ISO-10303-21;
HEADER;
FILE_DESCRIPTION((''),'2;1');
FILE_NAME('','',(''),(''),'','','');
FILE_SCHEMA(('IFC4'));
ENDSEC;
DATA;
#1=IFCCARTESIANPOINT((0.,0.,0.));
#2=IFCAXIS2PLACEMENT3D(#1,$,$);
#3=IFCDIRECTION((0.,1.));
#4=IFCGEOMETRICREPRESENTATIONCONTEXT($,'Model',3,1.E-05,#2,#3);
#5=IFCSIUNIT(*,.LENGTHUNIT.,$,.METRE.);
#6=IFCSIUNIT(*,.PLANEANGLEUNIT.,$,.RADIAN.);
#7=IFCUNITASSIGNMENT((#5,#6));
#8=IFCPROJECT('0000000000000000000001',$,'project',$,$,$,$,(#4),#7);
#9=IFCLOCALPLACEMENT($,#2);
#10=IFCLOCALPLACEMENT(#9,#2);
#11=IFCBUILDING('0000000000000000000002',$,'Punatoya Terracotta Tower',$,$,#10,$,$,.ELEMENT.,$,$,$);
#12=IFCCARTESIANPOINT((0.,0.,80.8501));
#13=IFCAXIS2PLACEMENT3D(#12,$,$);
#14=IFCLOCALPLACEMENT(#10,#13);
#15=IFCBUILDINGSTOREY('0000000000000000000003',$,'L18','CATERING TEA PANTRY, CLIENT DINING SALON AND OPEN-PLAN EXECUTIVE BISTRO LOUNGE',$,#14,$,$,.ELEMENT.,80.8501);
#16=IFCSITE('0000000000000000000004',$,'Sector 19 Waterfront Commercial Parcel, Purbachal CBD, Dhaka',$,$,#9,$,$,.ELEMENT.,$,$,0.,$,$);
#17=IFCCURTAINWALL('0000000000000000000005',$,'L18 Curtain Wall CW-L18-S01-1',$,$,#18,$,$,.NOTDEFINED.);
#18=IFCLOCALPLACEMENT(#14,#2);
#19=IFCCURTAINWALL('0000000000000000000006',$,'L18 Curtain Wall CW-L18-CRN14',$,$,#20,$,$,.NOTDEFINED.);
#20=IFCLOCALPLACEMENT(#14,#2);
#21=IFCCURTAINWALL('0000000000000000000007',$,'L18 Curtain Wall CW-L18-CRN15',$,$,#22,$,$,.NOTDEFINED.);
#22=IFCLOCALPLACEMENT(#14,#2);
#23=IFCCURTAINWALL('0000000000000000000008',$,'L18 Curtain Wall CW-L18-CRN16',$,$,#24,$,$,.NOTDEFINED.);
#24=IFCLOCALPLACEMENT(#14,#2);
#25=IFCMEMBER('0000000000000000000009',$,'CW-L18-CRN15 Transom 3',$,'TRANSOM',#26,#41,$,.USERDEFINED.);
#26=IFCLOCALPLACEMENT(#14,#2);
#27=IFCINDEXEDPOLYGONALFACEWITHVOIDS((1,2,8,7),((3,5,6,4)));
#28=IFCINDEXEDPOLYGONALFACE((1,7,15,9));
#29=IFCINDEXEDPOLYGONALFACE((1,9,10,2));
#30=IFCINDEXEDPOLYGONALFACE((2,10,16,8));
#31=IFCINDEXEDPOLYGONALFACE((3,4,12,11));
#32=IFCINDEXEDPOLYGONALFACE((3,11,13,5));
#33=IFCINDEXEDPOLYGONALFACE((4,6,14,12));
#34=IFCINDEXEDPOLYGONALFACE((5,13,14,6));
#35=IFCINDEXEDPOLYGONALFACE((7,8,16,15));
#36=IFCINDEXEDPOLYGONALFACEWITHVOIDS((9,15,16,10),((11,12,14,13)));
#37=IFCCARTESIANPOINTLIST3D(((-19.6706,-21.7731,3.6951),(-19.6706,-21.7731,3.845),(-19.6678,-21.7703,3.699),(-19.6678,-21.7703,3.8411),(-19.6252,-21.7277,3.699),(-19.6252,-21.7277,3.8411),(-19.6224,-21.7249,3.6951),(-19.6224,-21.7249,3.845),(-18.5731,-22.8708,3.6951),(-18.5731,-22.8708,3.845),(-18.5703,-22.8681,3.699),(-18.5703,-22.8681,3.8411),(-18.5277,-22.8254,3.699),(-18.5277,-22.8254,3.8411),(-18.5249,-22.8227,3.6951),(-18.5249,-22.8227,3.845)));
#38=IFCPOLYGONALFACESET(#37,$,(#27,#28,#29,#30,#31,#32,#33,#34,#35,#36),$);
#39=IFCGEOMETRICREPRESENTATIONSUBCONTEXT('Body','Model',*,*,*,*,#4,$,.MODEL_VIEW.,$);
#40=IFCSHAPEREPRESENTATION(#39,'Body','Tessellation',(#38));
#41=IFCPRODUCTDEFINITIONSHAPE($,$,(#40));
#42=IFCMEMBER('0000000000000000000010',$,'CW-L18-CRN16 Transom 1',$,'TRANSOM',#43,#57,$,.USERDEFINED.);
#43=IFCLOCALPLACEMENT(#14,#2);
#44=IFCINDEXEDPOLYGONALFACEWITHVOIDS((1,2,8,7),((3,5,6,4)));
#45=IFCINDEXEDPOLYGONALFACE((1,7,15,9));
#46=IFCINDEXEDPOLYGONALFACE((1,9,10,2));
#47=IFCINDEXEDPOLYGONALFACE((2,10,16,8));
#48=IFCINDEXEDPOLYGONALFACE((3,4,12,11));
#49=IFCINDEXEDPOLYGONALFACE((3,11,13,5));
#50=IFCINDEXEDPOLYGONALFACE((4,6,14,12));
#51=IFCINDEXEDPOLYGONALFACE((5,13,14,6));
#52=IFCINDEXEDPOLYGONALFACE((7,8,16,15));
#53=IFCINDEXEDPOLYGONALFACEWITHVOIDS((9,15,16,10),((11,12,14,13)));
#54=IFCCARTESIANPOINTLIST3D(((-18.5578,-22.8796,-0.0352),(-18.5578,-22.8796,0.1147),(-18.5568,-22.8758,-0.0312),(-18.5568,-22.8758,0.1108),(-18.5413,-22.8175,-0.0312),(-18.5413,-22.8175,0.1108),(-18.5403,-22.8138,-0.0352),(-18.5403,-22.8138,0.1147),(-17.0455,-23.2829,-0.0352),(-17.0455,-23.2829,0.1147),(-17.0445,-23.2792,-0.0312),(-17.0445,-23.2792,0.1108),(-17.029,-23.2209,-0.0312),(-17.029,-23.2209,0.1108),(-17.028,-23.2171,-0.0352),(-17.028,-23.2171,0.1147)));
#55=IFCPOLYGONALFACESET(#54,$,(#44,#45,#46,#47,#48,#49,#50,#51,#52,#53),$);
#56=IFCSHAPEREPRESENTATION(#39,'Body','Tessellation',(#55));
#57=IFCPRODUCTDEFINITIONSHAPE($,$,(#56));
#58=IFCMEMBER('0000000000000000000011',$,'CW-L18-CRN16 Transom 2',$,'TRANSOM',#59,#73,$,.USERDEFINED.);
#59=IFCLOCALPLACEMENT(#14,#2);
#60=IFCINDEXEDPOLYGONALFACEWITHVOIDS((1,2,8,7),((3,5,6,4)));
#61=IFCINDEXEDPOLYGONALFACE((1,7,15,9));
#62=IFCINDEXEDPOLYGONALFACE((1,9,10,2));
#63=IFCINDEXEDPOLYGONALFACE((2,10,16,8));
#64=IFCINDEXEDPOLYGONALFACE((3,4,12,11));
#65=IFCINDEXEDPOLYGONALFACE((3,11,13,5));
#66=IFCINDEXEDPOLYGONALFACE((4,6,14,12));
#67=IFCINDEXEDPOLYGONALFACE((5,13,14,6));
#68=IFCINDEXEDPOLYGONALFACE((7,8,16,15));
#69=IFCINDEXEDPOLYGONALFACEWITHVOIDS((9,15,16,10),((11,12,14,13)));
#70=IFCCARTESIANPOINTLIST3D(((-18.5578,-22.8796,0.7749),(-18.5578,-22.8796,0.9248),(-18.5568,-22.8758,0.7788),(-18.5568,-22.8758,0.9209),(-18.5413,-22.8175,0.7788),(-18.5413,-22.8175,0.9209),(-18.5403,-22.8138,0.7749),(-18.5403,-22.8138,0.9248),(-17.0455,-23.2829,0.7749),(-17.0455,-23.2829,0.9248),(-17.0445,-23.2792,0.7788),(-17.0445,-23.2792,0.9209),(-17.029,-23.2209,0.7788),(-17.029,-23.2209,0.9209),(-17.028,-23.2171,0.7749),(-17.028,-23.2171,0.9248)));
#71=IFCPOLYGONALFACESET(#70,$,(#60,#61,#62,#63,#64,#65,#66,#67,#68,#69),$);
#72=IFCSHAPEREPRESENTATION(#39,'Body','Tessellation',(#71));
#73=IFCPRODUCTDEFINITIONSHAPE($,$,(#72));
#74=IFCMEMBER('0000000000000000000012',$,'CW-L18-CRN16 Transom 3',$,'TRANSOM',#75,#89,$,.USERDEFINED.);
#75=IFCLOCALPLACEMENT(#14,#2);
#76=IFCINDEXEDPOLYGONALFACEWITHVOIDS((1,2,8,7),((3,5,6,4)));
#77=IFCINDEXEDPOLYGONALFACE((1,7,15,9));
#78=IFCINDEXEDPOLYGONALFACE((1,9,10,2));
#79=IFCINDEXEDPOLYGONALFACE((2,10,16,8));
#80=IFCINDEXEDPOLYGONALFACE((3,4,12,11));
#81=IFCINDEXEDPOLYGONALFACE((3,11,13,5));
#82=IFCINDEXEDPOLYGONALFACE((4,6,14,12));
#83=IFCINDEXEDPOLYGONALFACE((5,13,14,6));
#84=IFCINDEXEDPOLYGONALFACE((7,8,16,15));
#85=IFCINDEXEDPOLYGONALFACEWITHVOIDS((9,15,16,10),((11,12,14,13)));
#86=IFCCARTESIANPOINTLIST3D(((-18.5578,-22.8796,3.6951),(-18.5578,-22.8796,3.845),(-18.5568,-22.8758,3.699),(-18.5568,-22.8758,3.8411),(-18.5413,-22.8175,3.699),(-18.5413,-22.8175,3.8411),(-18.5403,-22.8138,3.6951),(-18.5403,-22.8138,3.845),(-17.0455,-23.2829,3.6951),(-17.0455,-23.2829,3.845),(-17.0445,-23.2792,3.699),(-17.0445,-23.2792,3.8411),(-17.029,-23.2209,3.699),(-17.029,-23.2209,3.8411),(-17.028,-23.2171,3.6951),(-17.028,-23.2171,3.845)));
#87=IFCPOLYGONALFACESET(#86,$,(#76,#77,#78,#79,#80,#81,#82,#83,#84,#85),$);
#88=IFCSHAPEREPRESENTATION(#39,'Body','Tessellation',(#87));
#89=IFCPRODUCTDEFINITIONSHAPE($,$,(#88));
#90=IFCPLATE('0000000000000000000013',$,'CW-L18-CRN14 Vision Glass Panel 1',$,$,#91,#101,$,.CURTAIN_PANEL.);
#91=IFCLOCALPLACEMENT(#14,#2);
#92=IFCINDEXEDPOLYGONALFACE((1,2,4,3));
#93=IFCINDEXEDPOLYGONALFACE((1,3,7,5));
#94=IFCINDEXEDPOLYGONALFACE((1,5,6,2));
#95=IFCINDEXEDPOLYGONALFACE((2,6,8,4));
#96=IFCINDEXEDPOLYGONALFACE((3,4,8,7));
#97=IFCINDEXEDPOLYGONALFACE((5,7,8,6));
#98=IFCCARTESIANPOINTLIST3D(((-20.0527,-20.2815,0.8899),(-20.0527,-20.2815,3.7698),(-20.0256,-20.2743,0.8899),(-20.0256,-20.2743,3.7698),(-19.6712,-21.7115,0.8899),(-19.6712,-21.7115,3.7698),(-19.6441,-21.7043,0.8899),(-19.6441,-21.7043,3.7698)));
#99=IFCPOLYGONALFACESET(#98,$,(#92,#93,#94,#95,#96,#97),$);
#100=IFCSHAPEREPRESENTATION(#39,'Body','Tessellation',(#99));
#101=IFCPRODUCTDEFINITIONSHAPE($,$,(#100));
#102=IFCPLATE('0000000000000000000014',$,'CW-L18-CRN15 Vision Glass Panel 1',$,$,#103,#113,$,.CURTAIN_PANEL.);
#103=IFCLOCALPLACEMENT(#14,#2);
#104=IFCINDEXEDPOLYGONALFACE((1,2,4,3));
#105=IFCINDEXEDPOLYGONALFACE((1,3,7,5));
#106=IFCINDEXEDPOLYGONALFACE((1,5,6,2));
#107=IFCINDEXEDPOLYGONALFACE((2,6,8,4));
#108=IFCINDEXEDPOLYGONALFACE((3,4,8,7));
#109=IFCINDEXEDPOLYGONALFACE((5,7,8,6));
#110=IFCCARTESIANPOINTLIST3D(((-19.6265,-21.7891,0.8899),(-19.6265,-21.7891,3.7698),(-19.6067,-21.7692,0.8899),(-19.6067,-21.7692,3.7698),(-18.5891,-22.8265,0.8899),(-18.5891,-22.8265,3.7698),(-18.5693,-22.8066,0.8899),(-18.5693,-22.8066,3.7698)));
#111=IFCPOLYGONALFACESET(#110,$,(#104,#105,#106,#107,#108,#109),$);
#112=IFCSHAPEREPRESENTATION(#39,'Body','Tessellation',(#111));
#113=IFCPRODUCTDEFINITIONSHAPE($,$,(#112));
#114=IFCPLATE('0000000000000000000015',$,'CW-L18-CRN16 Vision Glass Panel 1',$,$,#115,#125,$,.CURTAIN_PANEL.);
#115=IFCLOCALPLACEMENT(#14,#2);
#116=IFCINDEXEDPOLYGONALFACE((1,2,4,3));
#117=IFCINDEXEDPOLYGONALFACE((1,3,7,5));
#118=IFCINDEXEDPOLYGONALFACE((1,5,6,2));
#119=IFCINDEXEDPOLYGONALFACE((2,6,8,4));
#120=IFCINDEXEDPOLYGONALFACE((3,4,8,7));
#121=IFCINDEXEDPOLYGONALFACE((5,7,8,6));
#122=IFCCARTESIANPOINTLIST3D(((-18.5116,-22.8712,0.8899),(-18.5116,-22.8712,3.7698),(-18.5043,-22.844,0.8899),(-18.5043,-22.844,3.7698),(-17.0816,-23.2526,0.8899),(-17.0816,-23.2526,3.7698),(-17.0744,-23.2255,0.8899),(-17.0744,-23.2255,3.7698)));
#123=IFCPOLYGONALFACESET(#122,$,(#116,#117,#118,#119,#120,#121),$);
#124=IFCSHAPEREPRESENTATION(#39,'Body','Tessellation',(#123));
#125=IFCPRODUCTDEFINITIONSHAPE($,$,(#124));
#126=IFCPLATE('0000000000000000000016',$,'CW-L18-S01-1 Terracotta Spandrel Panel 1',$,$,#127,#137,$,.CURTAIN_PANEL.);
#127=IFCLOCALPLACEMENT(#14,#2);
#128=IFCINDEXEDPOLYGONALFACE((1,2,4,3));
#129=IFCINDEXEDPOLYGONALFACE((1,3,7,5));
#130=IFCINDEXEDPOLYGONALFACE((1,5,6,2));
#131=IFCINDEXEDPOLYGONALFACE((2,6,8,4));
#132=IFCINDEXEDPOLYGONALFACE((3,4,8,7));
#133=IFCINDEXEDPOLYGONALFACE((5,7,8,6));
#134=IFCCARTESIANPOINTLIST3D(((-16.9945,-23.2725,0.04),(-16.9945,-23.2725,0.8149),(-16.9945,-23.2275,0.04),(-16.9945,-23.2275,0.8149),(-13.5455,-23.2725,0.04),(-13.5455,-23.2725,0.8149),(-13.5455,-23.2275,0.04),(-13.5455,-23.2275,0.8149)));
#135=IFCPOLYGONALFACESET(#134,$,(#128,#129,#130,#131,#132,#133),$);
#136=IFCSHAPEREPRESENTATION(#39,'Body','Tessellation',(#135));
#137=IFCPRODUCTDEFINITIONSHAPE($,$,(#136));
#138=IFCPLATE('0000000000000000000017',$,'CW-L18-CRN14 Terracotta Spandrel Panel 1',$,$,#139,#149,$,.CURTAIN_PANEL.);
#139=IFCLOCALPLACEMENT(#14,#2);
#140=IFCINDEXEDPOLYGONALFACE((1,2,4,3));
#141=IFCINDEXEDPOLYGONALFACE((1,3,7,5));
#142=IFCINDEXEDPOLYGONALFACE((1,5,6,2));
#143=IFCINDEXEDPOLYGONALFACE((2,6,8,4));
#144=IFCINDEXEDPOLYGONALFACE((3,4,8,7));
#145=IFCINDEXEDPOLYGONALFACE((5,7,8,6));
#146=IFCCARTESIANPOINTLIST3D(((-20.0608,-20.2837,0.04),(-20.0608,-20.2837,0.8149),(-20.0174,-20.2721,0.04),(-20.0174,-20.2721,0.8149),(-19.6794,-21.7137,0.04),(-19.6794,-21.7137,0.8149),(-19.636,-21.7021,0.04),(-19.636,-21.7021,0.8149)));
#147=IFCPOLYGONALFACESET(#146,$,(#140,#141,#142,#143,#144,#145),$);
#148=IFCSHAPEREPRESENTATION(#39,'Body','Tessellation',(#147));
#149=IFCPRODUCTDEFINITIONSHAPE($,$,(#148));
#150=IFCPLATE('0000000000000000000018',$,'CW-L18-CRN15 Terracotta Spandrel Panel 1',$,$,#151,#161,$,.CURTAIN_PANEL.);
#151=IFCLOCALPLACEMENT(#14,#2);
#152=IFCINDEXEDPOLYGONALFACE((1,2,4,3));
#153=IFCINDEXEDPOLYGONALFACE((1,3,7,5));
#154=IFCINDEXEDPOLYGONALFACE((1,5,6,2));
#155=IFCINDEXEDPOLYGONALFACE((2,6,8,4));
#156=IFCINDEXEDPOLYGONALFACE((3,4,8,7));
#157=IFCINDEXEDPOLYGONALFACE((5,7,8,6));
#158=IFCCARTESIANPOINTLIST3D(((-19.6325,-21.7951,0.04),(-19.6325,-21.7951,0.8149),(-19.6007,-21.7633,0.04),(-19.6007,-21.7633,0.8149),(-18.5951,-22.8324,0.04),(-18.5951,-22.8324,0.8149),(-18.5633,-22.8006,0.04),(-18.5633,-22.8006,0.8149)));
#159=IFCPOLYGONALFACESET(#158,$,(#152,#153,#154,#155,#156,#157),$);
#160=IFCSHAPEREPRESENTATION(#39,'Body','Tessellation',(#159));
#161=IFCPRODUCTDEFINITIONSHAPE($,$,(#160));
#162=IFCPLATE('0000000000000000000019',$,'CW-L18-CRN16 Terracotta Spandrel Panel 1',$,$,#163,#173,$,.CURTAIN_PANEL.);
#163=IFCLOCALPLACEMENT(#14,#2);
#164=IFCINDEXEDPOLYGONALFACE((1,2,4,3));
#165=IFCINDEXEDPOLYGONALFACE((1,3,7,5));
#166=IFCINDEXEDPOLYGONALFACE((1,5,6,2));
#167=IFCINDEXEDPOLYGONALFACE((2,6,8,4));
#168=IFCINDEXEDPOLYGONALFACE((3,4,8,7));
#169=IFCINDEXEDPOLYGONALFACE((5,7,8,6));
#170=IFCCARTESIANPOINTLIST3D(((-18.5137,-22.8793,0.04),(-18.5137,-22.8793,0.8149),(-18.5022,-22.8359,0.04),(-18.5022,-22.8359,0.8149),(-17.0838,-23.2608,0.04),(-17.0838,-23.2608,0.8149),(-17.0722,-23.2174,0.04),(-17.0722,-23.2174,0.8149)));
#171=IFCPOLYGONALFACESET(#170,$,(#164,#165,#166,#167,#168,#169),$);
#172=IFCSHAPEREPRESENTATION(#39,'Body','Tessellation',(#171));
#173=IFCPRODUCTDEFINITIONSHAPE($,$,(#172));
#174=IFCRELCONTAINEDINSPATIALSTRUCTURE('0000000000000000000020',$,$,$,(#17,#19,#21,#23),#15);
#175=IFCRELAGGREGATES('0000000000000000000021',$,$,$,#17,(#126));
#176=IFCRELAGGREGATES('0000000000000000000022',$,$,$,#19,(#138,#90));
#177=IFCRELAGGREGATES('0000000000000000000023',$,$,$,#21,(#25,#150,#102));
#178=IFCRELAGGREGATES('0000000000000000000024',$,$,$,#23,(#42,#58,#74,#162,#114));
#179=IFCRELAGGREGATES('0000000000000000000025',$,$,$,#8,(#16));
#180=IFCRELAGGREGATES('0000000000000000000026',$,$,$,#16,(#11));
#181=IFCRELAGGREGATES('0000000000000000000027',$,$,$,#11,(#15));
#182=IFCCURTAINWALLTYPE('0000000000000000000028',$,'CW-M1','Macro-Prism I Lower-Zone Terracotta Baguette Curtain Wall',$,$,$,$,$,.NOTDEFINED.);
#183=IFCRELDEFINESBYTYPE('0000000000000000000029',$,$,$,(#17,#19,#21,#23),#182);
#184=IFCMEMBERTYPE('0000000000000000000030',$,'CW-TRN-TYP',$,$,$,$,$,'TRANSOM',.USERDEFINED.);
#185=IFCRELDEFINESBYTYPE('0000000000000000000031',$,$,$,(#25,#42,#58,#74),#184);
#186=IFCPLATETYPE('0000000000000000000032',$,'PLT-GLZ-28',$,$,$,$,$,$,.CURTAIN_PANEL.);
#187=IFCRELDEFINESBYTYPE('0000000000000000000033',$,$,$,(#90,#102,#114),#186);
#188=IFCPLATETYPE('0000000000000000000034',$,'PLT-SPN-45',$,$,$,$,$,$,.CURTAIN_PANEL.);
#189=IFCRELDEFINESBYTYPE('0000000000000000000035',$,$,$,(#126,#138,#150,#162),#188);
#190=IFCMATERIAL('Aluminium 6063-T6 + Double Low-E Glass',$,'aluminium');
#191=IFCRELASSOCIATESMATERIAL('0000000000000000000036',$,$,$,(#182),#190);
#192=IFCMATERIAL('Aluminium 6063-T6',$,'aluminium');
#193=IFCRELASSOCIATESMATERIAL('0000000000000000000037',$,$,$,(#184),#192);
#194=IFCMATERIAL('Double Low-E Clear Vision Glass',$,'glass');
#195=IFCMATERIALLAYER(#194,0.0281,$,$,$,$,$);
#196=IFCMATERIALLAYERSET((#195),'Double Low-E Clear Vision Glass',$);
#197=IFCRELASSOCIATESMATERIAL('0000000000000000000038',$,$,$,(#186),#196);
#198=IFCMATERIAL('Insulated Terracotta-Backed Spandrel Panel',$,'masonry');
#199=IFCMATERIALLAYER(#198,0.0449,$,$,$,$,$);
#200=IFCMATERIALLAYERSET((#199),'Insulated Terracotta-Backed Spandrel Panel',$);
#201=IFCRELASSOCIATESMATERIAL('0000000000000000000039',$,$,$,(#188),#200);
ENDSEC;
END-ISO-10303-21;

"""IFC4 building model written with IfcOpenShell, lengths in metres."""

from ifc_helpers import new_model, si_unit, direction, frame, origin, origin_2d, place, context, subcontext, project, spatial, rectangle, hollow_rectangle, extrude, material, layer, layer_set, material_profile, profile_set, type_object, element, aggregate, save


model = new_model("IFC4")

# Units and contexts
model_context = context("Model", 3, precision=1e-05, world=origin(), true_north=direction((0.0, 1.0)))
body_context = subcontext(model_context, "Body", "Model", "MODEL_VIEW")
ifc_project = project(units=[si_unit("LENGTHUNIT", "METRE"), si_unit("PLANEANGLEUNIT", "RADIAN")], contexts=[model_context])

# Site, building, storey
site_placement = place(None, origin())
site = spatial("IfcSite", under=ifc_project, at=site_placement, Name="Sector 19 Waterfront Commercial Parcel, Purbachal CBD, Dhaka", CompositionType="ELEMENT", RefElevation=0.0)
building_placement = place(site_placement, origin())
building = spatial("IfcBuilding", under=site, at=building_placement, Name="Punatoya Terracotta Tower", CompositionType="ELEMENT")
storey_placement = place(building_placement, frame((0.0, 0.0, 80.8501)))
storey = spatial("IfcBuildingStorey", under=building, at=storey_placement, Name="L18", Description="CATERING TEA PANTRY, CLIENT DINING SALON AND OPEN-PLAN EXECUTIVE BISTRO LOUNGE", CompositionType="ELEMENT", Elevation=80.8501)

# Curtain wall
ifc_material_1 = material(Name="Aluminium 6063-T6 + Double Low-E Glass", Category="aluminium")
curtain_wall_type = type_object("IfcCurtainWallType", Name="CW-M1", Description="Macro-Prism I Lower-Zone Terracotta Baguette Curtain Wall", PredefinedType="NOTDEFINED", material=ifc_material_1)
curtain_wall_1_placement = place(storey_placement, origin())
curtain_wall_1 = element("IfcCurtainWall", 1, at=curtain_wall_1_placement, inside=storey, type_object=curtain_wall_type, Name="L18 Curtain Wall CW-L18-S01-1", PredefinedType="NOTDEFINED")
ifc_material_2 = material(Name="Aluminium 6063-T6", Category="aluminium")

# Curtain walls
curtain_wall_2_placement = place(storey_placement, origin())
curtain_wall_2 = element("IfcCurtainWall", 2, at=curtain_wall_2_placement, inside=storey, type_object=curtain_wall_type, Name="L18 Curtain Wall CW-L18-CRN14", PredefinedType="NOTDEFINED")
curtain_wall_3_placement = place(storey_placement, origin())
curtain_wall_3 = element("IfcCurtainWall", 3, at=curtain_wall_3_placement, inside=storey, type_object=curtain_wall_type, Name="L18 Curtain Wall CW-L18-CRN15", PredefinedType="NOTDEFINED")
curtain_wall_4_placement = place(storey_placement, origin())
curtain_wall_4 = element("IfcCurtainWall", 4, at=curtain_wall_4_placement, inside=storey, type_object=curtain_wall_type, Name="L18 Curtain Wall CW-L18-CRN16", PredefinedType="NOTDEFINED")

# Members
ifc_material_profile_1 = material_profile(ifc_material_2, hollow_rectangle(XDim=0.0681, YDim=0.1499, WallThickness=0.0039, at=origin_2d()))
ifc_profile_set_1 = profile_set([ifc_material_profile_1], Name="Aluminium 6063-T6")
member_type_1 = type_object("IfcMemberType", Name="CW-TRN-TYP", ElementType="TRANSOM", PredefinedType="USERDEFINED", material=ifc_profile_set_1)
member_1_placement = place(storey_placement, frame((-19.6465, -21.749, 3.77), z_axis=(0.707028, -0.707185, 0.0), x_axis=(0.707185, 0.707028, 0.0)))
member_1 = element("IfcMember", 5, at=member_1_placement, type_object=member_type_1, Name="CW-L18-CRN15 Transom 3", ObjectType="TRANSOM", PredefinedType="USERDEFINED", context=body_context, shape_type="SweptSolid", body=[
    extrude(hollow_rectangle(XDim=0.0681, YDim=0.1499, WallThickness=0.0039, at=origin_2d()), origin(), (0.0, 0.0, 1.0), 1.5522),
])
member_2_placement = place(storey_placement, frame((-18.5491, -22.8467, 0.0398), z_axis=(0.966225, -0.257701, 0.0), x_axis=(0.257701, 0.966225, 0.0)))
member_2 = element("IfcMember", 6, at=member_2_placement, type_object=member_type_1, Name="CW-L18-CRN16 Transom 1", ObjectType="TRANSOM", PredefinedType="USERDEFINED", context=body_context, shape_type="SweptSolid", body=[
    extrude(hollow_rectangle(XDim=0.0681, YDim=0.1499, WallThickness=0.0039, at=origin_2d()), origin(), (0.0, 0.0, 1.0), 1.5652),
])
member_3_placement = place(storey_placement, frame((-18.5491, -22.8467, 0.8499), z_axis=(0.966225, -0.257701, 0.0), x_axis=(0.257701, 0.966225, 0.0)))
member_3 = element("IfcMember", 7, at=member_3_placement, type_object=member_type_1, Name="CW-L18-CRN16 Transom 2", ObjectType="TRANSOM", PredefinedType="USERDEFINED", context=body_context, shape_type="SweptSolid", body=[
    extrude(hollow_rectangle(XDim=0.0681, YDim=0.1499, WallThickness=0.0039, at=origin_2d()), origin(), (0.0, 0.0, 1.0), 1.5652),
])
member_4_placement = place(storey_placement, frame((-18.5491, -22.8467, 3.77), z_axis=(0.966225, -0.257701, 0.0), x_axis=(0.257701, 0.966225, 0.0)))
member_4 = element("IfcMember", 8, at=member_4_placement, type_object=member_type_1, Name="CW-L18-CRN16 Transom 3", ObjectType="TRANSOM", PredefinedType="USERDEFINED", context=body_context, shape_type="SweptSolid", body=[
    extrude(hollow_rectangle(XDim=0.0681, YDim=0.1499, WallThickness=0.0039, at=origin_2d()), origin(), (0.0, 0.0, 1.0), 1.5652),
])

# Plates
ifc_material_3 = material(Name="Double Low-E Clear Vision Glass", Category="glass")
ifc_layer_1 = layer(ifc_material_3, 0.0281)
ifc_layer_set_1 = layer_set([ifc_layer_1], Name="Double Low-E Clear Vision Glass")
plate_type_1 = type_object("IfcPlateType", Name="PLT-GLZ-28", PredefinedType="CURTAIN_PANEL", material=ifc_layer_set_1)
plate_1_placement = place(storey_placement, frame((-19.8484, -20.9929, 0.8899), z_axis=(0.0, 0.0, 1.0), x_axis=(0.257742, -0.966214, 0.0)))
plate_1 = element("IfcPlate", 9, at=plate_1_placement, type_object=plate_type_1, Name="CW-L18-CRN14 Vision Glass Panel 1", PredefinedType="CURTAIN_PANEL", context=body_context, shape_type="SweptSolid", body=[
    extrude(rectangle(XDim=1.48, YDim=0.0281, at=origin_2d()), origin(), (0.0, 0.0, 1.0), 2.8799),
])
plate_2_placement = place(storey_placement, frame((-19.0979, -22.2979, 0.8899), z_axis=(0.0, 0.0, 1.0), x_axis=(0.707107, -0.707107, 0.0)))
plate_2 = element("IfcPlate", 10, at=plate_2_placement, type_object=plate_type_1, Name="CW-L18-CRN15 Vision Glass Panel 1", PredefinedType="CURTAIN_PANEL", context=body_context, shape_type="SweptSolid", body=[
    extrude(rectangle(XDim=1.467, YDim=0.0281, at=origin_2d()), origin(), (0.0, 0.0, 1.0), 2.8799),
])
plate_3_placement = place(storey_placement, frame((-17.793, -23.0483, 0.8899), z_axis=(0.0, 0.0, 1.0), x_axis=(0.966214, -0.257742, 0.0)))
plate_3 = element("IfcPlate", 11, at=plate_3_placement, type_object=plate_type_1, Name="CW-L18-CRN16 Vision Glass Panel 1", PredefinedType="CURTAIN_PANEL", context=body_context, shape_type="SweptSolid", body=[
    extrude(rectangle(XDim=1.48, YDim=0.0281, at=origin_2d()), origin(), (0.0, 0.0, 1.0), 2.8799),
])
ifc_material_4 = material(Name="Insulated Terracotta-Backed Spandrel Panel", Category="masonry")
ifc_layer_2 = layer(ifc_material_4, 0.0449)
ifc_layer_set_2 = layer_set([ifc_layer_2], Name="Insulated Terracotta-Backed Spandrel Panel")
plate_type_2 = type_object("IfcPlateType", Name="PLT-SPN-45", PredefinedType="CURTAIN_PANEL", material=ifc_layer_set_2)
plate_4_placement = place(storey_placement, frame((-15.27, -23.25, 0.04), z_axis=(0.0, 0.0, 1.0), x_axis=(1.0, 0.0, 0.0)))
plate_4 = element("IfcPlate", 12, at=plate_4_placement, type_object=plate_type_2, Name="CW-L18-S01-1 Terracotta Spandrel Panel 1", PredefinedType="CURTAIN_PANEL", context=body_context, shape_type="SweptSolid", body=[
    extrude(rectangle(XDim=3.449, YDim=0.0449, at=origin_2d()), origin(), (0.0, 0.0, 1.0), 0.7749),
])
aggregate(curtain_wall_1, [plate_4])
plate_5_placement = place(storey_placement, frame((-19.8484, -20.9929, 0.04), z_axis=(0.0, 0.0, 1.0), x_axis=(0.257742, -0.966214, 0.0)))
plate_5 = element("IfcPlate", 13, at=plate_5_placement, type_object=plate_type_2, Name="CW-L18-CRN14 Terracotta Spandrel Panel 1", PredefinedType="CURTAIN_PANEL", context=body_context, shape_type="SweptSolid", body=[
    extrude(rectangle(XDim=1.48, YDim=0.0449, at=origin_2d()), origin(), (0.0, 0.0, 1.0), 0.7749),
])
aggregate(curtain_wall_2, [plate_5, plate_1])
plate_6_placement = place(storey_placement, frame((-19.0979, -22.2979, 0.04), z_axis=(0.0, 0.0, 1.0), x_axis=(0.707107, -0.707107, 0.0)))
plate_6 = element("IfcPlate", 14, at=plate_6_placement, type_object=plate_type_2, Name="CW-L18-CRN15 Terracotta Spandrel Panel 1", PredefinedType="CURTAIN_PANEL", context=body_context, shape_type="SweptSolid", body=[
    extrude(rectangle(XDim=1.467, YDim=0.0449, at=origin_2d()), origin(), (0.0, 0.0, 1.0), 0.7749),
])
aggregate(curtain_wall_3, [member_1, plate_6, plate_2])
plate_7_placement = place(storey_placement, frame((-17.793, -23.0483, 0.04), z_axis=(0.0, 0.0, 1.0), x_axis=(0.966214, -0.257742, 0.0)))
plate_7 = element("IfcPlate", 15, at=plate_7_placement, type_object=plate_type_2, Name="CW-L18-CRN16 Terracotta Spandrel Panel 1", PredefinedType="CURTAIN_PANEL", context=body_context, shape_type="SweptSolid", body=[
    extrude(rectangle(XDim=1.48, YDim=0.0449, at=origin_2d()), origin(), (0.0, 0.0, 1.0), 0.7749),
])
aggregate(curtain_wall_4, [member_2, member_3, member_4, plate_7, plate_3])

save(model, "model.ifc")
